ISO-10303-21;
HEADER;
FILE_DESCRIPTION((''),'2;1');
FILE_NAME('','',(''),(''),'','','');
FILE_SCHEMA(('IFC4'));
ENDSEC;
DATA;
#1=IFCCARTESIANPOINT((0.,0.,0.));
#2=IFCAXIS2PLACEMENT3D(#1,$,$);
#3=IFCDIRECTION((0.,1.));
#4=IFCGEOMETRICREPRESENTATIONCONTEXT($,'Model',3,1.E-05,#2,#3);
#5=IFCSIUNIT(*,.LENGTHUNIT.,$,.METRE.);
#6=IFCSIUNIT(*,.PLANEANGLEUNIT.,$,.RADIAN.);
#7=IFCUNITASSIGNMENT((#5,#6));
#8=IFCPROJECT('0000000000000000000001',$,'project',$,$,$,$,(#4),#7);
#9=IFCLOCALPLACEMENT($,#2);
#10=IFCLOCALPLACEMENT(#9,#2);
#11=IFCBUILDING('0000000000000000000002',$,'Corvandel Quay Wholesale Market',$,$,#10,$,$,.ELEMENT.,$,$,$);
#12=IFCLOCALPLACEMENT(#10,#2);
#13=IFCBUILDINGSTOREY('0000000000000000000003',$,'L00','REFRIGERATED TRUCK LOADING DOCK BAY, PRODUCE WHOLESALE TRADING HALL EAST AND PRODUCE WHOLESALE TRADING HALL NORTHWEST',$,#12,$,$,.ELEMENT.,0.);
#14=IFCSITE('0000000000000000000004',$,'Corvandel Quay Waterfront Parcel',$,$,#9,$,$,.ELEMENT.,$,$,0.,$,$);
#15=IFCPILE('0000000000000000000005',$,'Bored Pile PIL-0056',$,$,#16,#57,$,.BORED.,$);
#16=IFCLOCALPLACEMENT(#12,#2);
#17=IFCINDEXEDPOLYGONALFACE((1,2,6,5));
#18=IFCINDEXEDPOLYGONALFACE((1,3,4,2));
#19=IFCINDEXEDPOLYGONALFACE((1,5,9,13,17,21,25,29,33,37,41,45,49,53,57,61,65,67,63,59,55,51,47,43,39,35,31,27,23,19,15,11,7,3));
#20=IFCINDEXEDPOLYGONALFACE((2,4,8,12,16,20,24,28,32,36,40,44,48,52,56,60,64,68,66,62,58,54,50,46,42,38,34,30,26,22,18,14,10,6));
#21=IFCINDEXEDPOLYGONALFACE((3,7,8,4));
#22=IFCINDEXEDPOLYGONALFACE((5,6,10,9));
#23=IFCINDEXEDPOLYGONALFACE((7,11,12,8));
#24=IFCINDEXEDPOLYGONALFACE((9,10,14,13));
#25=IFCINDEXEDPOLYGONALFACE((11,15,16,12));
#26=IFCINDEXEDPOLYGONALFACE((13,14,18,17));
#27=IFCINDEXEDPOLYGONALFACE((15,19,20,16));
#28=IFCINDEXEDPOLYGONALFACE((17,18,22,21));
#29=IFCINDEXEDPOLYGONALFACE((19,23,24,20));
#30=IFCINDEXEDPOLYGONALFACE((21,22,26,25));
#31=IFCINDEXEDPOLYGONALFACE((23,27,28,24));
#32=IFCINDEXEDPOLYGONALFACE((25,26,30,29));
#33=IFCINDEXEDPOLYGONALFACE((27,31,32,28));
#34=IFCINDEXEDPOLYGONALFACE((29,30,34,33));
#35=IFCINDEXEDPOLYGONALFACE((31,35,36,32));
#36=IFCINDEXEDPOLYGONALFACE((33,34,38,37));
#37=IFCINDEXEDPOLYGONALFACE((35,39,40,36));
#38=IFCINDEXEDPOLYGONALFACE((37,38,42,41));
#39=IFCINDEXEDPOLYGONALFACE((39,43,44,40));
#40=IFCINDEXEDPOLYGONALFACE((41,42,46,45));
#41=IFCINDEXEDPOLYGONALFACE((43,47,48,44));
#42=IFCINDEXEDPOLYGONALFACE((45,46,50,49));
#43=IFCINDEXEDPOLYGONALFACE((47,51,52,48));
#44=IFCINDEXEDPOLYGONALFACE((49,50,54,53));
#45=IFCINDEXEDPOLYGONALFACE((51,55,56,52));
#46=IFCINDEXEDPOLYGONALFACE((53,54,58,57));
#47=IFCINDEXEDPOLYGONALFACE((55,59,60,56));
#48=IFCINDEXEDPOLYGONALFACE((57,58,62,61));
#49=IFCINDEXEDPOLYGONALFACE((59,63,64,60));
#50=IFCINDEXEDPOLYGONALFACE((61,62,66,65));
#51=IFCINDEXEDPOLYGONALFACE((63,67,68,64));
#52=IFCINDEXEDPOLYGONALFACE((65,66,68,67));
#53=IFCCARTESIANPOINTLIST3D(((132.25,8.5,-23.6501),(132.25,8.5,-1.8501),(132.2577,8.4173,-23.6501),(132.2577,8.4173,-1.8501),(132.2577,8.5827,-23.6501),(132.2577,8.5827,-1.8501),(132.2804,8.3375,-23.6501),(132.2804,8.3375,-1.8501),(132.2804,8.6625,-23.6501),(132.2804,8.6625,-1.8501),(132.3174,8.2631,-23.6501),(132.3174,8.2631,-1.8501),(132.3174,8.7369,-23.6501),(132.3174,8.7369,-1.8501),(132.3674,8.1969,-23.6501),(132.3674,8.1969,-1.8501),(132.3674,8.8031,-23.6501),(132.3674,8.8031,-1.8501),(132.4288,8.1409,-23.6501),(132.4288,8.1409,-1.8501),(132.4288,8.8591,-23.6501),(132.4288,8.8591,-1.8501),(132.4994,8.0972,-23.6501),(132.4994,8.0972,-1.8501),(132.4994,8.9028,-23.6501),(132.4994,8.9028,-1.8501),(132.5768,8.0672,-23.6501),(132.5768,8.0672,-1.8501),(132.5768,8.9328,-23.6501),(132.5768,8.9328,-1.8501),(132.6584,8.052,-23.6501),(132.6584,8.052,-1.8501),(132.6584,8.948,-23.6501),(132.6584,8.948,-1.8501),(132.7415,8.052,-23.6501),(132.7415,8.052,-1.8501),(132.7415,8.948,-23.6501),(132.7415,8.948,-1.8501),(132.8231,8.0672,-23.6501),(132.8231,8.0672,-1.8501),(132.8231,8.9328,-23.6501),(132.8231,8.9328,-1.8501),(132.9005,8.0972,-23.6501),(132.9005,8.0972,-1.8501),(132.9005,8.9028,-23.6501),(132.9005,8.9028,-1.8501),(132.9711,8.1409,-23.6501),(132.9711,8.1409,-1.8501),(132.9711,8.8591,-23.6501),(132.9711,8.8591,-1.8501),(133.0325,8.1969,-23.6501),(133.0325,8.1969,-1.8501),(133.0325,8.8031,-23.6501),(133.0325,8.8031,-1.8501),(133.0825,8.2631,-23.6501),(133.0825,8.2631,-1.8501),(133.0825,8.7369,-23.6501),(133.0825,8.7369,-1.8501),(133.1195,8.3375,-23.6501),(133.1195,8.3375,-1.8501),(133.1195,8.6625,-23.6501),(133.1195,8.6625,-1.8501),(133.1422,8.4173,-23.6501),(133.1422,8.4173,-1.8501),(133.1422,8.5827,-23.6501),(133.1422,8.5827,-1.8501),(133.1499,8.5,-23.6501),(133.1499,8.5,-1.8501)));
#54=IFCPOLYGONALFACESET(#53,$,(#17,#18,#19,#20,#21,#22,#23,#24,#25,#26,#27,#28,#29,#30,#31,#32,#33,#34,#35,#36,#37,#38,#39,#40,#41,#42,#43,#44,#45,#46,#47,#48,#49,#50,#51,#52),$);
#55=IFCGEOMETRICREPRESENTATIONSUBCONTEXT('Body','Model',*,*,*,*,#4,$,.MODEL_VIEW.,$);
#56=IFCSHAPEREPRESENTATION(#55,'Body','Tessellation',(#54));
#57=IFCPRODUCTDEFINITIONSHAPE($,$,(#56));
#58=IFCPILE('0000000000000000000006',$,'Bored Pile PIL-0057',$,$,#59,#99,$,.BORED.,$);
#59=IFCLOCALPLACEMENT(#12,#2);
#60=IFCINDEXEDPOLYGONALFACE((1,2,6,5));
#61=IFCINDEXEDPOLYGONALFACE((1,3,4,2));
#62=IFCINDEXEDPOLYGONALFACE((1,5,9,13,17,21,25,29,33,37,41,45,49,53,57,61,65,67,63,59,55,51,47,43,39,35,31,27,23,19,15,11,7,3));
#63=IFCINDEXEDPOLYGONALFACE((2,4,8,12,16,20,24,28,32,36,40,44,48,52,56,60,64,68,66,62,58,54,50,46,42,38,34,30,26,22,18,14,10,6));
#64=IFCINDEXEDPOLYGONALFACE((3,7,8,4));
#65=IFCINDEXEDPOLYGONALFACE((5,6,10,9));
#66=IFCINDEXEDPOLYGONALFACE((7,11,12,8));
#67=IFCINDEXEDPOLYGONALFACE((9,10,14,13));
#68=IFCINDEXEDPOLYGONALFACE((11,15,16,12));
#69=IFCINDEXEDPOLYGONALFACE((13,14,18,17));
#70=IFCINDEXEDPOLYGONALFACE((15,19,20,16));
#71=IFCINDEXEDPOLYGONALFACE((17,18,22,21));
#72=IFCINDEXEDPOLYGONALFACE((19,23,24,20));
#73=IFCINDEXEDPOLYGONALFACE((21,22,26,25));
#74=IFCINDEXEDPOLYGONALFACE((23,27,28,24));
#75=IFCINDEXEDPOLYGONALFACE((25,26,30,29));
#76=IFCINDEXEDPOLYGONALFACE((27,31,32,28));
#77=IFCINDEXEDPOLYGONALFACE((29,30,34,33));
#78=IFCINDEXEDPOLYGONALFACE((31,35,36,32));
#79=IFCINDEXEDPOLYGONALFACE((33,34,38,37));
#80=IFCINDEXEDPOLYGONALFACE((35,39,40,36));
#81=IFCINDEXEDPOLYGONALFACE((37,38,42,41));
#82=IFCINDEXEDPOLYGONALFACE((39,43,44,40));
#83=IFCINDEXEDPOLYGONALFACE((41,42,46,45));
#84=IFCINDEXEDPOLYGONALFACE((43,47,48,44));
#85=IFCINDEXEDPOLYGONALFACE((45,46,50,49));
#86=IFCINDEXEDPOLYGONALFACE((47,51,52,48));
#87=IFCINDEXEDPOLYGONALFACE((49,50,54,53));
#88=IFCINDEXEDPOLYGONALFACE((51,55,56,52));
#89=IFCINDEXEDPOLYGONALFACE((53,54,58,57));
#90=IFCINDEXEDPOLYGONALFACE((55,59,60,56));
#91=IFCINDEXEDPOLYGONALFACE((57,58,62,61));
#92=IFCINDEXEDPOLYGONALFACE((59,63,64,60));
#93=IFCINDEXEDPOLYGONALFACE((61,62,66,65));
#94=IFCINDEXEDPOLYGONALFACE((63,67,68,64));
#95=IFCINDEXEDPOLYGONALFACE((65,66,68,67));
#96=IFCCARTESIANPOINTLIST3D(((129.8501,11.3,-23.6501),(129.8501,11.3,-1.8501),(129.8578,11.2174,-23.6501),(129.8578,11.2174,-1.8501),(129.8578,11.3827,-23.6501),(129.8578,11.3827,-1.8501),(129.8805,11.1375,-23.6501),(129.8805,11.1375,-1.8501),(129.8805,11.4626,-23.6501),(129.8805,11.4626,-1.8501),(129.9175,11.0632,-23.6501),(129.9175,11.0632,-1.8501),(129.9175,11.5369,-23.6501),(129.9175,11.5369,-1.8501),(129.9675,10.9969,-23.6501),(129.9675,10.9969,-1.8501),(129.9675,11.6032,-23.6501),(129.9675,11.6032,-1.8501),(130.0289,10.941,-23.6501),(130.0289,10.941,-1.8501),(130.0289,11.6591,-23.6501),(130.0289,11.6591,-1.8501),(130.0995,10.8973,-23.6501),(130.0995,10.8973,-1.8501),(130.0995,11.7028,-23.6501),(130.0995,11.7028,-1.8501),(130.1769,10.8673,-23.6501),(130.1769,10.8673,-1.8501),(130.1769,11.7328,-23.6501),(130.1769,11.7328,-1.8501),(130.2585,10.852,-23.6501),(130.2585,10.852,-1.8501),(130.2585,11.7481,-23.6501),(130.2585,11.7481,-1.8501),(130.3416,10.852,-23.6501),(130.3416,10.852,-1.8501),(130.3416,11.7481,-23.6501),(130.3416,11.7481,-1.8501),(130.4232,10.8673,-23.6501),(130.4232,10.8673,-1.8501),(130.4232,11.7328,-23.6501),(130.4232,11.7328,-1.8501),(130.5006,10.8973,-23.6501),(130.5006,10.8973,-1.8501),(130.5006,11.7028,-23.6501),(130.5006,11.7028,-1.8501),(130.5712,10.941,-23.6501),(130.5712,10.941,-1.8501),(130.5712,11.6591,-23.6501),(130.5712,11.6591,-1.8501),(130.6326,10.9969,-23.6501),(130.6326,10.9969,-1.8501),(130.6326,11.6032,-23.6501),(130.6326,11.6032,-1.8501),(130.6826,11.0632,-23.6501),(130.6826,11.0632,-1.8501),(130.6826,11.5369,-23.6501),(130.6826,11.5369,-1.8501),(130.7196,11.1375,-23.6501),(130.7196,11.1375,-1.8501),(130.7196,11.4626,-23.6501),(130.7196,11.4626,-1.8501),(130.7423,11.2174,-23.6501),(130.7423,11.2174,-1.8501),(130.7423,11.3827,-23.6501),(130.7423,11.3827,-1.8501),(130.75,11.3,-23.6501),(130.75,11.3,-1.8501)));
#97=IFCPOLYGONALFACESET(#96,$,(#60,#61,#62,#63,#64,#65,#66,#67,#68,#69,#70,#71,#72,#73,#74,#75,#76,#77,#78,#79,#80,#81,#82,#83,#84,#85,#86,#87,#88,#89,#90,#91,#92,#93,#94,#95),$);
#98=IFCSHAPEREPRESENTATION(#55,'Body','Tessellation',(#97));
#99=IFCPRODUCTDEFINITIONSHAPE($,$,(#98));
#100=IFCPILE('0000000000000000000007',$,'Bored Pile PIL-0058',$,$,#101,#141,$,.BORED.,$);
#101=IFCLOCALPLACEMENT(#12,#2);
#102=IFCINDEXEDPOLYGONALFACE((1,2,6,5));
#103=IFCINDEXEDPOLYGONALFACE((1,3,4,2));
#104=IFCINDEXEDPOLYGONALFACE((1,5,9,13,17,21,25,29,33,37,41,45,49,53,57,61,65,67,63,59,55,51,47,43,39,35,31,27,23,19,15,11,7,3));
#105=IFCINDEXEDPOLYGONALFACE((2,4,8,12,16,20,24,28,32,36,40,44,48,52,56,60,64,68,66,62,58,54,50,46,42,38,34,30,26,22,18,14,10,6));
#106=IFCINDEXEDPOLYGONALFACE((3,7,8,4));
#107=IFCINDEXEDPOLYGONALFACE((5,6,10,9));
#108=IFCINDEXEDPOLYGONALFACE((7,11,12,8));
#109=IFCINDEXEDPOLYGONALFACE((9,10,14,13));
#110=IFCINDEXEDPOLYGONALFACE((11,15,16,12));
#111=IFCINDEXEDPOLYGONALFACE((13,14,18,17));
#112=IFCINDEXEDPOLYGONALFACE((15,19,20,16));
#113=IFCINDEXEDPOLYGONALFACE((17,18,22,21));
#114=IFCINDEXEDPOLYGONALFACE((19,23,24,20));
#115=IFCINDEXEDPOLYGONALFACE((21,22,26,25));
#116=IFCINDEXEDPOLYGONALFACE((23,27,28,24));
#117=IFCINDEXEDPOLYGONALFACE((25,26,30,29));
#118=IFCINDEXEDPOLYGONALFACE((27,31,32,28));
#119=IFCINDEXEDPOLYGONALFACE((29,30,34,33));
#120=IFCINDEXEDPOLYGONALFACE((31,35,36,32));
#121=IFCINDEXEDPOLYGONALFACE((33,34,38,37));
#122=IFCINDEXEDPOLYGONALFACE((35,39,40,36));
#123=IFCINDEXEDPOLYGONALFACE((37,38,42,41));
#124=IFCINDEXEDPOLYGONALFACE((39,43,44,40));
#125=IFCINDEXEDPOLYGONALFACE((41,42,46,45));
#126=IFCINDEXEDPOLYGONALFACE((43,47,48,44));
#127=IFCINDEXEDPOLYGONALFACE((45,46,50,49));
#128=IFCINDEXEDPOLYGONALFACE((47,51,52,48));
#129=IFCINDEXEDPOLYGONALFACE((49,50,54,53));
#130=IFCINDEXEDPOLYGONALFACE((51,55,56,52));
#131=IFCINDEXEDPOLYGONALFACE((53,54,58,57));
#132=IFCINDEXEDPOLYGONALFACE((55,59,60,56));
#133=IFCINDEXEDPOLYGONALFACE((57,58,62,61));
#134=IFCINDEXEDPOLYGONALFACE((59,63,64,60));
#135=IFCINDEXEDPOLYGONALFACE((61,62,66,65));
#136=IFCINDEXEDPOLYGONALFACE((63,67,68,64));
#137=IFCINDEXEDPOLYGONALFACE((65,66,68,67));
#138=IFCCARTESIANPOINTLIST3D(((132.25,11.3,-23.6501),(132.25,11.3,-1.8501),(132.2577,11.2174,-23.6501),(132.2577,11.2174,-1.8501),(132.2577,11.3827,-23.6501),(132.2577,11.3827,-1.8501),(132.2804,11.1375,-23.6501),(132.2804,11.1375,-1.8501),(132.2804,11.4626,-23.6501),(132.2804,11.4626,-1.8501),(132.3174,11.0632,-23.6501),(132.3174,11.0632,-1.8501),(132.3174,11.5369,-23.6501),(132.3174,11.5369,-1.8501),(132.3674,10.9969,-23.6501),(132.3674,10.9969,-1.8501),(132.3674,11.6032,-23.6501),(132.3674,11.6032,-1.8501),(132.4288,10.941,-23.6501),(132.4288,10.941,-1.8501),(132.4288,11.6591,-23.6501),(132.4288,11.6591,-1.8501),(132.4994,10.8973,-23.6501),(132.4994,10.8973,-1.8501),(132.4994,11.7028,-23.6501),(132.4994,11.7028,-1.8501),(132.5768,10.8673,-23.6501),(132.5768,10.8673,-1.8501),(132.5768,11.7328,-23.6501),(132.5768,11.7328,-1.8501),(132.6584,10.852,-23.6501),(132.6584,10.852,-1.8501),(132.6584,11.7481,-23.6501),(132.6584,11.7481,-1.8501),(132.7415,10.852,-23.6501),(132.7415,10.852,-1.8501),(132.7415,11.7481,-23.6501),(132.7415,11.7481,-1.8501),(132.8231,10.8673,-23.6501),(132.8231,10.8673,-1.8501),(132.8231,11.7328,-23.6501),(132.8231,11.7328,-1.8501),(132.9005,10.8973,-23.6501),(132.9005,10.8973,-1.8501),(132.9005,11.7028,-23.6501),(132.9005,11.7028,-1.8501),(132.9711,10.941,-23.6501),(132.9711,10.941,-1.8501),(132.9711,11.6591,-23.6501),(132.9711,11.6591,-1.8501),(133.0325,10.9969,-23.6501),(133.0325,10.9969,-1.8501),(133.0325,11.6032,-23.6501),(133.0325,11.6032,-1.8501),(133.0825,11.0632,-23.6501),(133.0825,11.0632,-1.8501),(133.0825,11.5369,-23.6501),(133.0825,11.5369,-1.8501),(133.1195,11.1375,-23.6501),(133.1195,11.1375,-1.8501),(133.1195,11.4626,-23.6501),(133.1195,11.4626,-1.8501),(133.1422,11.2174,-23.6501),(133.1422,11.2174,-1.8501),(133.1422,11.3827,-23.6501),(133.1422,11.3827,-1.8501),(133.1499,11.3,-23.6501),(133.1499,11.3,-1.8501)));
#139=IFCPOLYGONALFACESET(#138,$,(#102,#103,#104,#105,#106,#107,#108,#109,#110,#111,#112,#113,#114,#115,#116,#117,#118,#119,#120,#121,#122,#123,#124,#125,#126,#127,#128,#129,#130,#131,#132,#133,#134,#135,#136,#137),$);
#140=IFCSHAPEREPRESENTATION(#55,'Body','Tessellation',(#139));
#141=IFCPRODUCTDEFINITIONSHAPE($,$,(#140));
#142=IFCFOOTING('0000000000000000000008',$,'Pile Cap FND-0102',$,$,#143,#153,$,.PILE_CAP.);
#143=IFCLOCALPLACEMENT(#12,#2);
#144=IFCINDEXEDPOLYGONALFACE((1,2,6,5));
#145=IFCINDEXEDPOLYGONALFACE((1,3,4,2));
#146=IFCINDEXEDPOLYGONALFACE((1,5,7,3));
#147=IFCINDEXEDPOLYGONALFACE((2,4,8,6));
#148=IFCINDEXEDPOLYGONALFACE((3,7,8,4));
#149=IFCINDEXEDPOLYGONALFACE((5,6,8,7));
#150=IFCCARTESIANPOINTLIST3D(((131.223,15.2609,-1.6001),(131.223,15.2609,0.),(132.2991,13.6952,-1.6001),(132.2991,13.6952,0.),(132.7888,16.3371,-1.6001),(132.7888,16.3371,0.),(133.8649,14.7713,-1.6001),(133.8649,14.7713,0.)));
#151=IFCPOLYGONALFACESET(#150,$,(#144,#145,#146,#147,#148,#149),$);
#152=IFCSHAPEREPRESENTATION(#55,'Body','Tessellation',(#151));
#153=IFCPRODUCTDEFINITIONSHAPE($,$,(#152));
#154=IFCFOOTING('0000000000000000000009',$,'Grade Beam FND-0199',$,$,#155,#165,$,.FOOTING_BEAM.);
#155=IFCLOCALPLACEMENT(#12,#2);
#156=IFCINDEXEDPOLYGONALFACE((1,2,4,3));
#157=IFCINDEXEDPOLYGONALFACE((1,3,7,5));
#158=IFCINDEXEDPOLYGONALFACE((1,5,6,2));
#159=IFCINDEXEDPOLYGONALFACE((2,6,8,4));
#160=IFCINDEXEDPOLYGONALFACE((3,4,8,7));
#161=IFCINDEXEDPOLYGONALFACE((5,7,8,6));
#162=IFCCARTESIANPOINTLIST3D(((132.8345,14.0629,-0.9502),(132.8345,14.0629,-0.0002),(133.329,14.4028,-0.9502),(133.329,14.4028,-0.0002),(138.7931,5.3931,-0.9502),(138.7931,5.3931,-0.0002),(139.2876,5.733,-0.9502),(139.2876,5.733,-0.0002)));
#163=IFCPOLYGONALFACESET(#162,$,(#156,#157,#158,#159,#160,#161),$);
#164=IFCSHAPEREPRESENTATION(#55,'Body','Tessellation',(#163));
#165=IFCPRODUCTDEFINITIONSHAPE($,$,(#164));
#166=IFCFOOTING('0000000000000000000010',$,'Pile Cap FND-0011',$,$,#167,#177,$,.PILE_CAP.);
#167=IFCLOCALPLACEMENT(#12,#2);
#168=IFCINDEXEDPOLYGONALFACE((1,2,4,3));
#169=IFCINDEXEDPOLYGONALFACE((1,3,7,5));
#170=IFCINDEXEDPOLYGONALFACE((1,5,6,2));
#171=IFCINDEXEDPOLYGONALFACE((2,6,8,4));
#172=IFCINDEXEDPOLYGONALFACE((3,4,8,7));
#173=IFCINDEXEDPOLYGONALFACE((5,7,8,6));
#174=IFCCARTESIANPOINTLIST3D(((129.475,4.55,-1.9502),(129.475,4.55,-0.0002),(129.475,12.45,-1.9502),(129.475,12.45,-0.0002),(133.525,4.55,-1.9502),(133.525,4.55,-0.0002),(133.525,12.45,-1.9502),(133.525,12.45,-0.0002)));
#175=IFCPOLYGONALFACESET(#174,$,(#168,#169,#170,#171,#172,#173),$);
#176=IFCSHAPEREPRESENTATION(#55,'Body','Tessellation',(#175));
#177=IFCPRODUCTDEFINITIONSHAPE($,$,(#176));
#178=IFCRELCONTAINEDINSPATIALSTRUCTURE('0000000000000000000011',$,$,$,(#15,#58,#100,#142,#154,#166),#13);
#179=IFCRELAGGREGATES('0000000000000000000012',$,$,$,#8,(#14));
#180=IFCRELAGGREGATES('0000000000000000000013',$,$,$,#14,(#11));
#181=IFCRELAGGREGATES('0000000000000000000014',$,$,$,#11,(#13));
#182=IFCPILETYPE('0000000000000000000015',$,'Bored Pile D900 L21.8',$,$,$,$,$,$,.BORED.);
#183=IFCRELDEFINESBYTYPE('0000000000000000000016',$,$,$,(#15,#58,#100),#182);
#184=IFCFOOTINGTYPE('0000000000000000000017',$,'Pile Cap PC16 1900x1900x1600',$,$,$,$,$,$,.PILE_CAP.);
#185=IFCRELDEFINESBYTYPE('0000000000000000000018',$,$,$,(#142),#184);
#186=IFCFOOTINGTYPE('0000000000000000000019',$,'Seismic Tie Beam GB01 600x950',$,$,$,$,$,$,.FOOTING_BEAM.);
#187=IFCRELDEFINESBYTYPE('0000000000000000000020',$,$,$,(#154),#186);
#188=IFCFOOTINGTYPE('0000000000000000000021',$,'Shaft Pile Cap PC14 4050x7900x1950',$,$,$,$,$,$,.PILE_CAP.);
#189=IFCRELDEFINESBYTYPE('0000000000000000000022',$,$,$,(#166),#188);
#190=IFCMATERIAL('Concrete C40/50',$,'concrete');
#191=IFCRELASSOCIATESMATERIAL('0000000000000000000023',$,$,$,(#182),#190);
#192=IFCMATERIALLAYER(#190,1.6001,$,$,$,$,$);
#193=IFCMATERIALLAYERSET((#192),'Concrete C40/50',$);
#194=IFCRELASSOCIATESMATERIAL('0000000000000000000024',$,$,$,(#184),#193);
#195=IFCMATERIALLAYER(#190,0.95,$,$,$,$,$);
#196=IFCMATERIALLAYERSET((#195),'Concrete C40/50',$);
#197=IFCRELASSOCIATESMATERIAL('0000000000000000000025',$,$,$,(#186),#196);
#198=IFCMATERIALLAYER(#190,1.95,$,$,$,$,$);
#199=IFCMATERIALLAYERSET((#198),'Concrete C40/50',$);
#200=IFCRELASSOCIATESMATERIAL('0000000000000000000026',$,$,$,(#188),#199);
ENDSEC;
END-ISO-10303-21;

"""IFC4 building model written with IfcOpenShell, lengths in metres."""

from ifc_helpers import new_model, si_unit, direction, frame, origin, origin_2d, place, context, subcontext, project, spatial, rectangle, circle, extrude, material, layer, layer_set, material_profile, profile_set, type_object, element, save


model = new_model("IFC4")

# Units and contexts
model_context = context("Model", 3, precision=1e-05, world=origin(), true_north=direction((0.0, 1.0)))
body_context = subcontext(model_context, "Body", "Model", "MODEL_VIEW")
ifc_project = project(units=[si_unit("LENGTHUNIT", "METRE"), si_unit("PLANEANGLEUNIT", "RADIAN")], contexts=[model_context])

# Site, building, storey
site_placement = place(None, origin())
site = spatial("IfcSite", under=ifc_project, at=site_placement, Name="Corvandel Quay Waterfront Parcel", CompositionType="ELEMENT", RefElevation=0.0)
building_placement = place(site_placement, origin())
building = spatial("IfcBuilding", under=site, at=building_placement, Name="Corvandel Quay Wholesale Market", CompositionType="ELEMENT")
storey_placement = place(building_placement, origin())
storey = spatial("IfcBuildingStorey", under=building, at=storey_placement, Name="L00", Description="REFRIGERATED TRUCK LOADING DOCK BAY, PRODUCE WHOLESALE TRADING HALL EAST AND PRODUCE WHOLESALE TRADING HALL NORTHWEST", CompositionType="ELEMENT", Elevation=0.0)

# Piles
ifc_material_1 = material(Name="Concrete C40/50", Category="concrete")
ifc_material_profile_1 = material_profile(ifc_material_1, circle(Radius=0.45, at=origin_2d()), Name="RC-PILE-D900")
ifc_profile_set_1 = profile_set([ifc_material_profile_1], Name="Concrete C40/50")
pile_type_1 = type_object("IfcPileType", Name="Bored Pile D900 L21.8", PredefinedType="BORED", material=ifc_profile_set_1)
for number, where, z_axis, x_axis, name in (
    (1, (132.7, 8.5, -1.8501), (0.0, 0.0, -1.0), (1.0, 0.0, 0.0), "Bored Pile PIL-0056"),
    (2, (130.3, 11.3, -1.8501), (0.0, 0.0, -1.0), (1.0, 0.0, 0.0), "Bored Pile PIL-0057"),
    (3, (132.7, 11.3, -1.8501), (0.0, 0.0, -1.0), (1.0, 0.0, 0.0), "Bored Pile PIL-0058"),
):
    element("IfcPile", number, at=place(storey_placement, frame(where, z_axis=z_axis, x_axis=x_axis)), inside=storey, type_object=pile_type_1, Name=name, PredefinedType="BORED", context=body_context, shape_type="SweptSolid", body=[
        extrude(circle(Radius=0.45, at=origin_2d()), origin(), (0.0, 0.0, 1.0), 21.8),
    ])

# Footings
ifc_layer_1 = layer(ifc_material_1, 1.6001)
ifc_layer_set_1 = layer_set([ifc_layer_1], Name="Concrete C40/50")
footing_type_1 = type_object("IfcFootingType", Name="Pile Cap PC16 1900x1900x1600", PredefinedType="PILE_CAP", material=ifc_layer_set_1)
footing_1_placement = place(storey_placement, frame((132.5439, 15.0161, -1.6001), z_axis=(0.0, 0.0, 1.0), x_axis=(0.824126, 0.566406, 0.0)))
element("IfcFooting", 4, at=footing_1_placement, inside=storey, type_object=footing_type_1, Name="Pile Cap FND-0102", PredefinedType="PILE_CAP", context=body_context, shape_type="SweptSolid", body=[
    extrude(rectangle(XDim=1.8999, YDim=1.8999, at=origin_2d()), origin(), (0.0, 0.0, 1.0), 1.6001),
])
ifc_layer_2 = layer(ifc_material_1, 0.95)
ifc_layer_set_2 = layer_set([ifc_layer_2], Name="Concrete C40/50")
footing_type_2 = type_object("IfcFootingType", Name="Seismic Tie Beam GB01 600x950", PredefinedType="FOOTING_BEAM", material=ifc_layer_set_2)
footing_2_placement = place(storey_placement, frame((136.061, 9.8979, -0.9502), z_axis=(0.0, 0.0, 1.0), x_axis=(-0.566406, 0.824126, 0.0)))
element("IfcFooting", 5, at=footing_2_placement, inside=storey, type_object=footing_type_2, Name="Grade Beam FND-0199", PredefinedType="FOOTING_BEAM", context=body_context, shape_type="SweptSolid", body=[
    extrude(rectangle(XDim=10.52, YDim=0.6001, at=origin_2d()), origin(), (0.0, 0.0, 1.0), 0.95),
])
ifc_layer_3 = layer(ifc_material_1, 1.95)
ifc_layer_set_3 = layer_set([ifc_layer_3], Name="Concrete C40/50")
footing_type_3 = type_object("IfcFootingType", Name="Shaft Pile Cap PC14 4050x7900x1950", PredefinedType="PILE_CAP", material=ifc_layer_set_3)
footing_3_placement = place(storey_placement, frame((131.5, 8.5, -1.9502), z_axis=(0.0, 0.0, 1.0), x_axis=(1.0, 0.0, 0.0)))
element("IfcFooting", 6, at=footing_3_placement, inside=storey, type_object=footing_type_3, Name="Pile Cap FND-0011", PredefinedType="PILE_CAP", context=body_context, shape_type="SweptSolid", body=[
    extrude(rectangle(XDim=4.05, YDim=7.8999, at=origin_2d()), origin(), (0.0, 0.0, 1.0), 1.95),
])

save(model, "model.ifc")
